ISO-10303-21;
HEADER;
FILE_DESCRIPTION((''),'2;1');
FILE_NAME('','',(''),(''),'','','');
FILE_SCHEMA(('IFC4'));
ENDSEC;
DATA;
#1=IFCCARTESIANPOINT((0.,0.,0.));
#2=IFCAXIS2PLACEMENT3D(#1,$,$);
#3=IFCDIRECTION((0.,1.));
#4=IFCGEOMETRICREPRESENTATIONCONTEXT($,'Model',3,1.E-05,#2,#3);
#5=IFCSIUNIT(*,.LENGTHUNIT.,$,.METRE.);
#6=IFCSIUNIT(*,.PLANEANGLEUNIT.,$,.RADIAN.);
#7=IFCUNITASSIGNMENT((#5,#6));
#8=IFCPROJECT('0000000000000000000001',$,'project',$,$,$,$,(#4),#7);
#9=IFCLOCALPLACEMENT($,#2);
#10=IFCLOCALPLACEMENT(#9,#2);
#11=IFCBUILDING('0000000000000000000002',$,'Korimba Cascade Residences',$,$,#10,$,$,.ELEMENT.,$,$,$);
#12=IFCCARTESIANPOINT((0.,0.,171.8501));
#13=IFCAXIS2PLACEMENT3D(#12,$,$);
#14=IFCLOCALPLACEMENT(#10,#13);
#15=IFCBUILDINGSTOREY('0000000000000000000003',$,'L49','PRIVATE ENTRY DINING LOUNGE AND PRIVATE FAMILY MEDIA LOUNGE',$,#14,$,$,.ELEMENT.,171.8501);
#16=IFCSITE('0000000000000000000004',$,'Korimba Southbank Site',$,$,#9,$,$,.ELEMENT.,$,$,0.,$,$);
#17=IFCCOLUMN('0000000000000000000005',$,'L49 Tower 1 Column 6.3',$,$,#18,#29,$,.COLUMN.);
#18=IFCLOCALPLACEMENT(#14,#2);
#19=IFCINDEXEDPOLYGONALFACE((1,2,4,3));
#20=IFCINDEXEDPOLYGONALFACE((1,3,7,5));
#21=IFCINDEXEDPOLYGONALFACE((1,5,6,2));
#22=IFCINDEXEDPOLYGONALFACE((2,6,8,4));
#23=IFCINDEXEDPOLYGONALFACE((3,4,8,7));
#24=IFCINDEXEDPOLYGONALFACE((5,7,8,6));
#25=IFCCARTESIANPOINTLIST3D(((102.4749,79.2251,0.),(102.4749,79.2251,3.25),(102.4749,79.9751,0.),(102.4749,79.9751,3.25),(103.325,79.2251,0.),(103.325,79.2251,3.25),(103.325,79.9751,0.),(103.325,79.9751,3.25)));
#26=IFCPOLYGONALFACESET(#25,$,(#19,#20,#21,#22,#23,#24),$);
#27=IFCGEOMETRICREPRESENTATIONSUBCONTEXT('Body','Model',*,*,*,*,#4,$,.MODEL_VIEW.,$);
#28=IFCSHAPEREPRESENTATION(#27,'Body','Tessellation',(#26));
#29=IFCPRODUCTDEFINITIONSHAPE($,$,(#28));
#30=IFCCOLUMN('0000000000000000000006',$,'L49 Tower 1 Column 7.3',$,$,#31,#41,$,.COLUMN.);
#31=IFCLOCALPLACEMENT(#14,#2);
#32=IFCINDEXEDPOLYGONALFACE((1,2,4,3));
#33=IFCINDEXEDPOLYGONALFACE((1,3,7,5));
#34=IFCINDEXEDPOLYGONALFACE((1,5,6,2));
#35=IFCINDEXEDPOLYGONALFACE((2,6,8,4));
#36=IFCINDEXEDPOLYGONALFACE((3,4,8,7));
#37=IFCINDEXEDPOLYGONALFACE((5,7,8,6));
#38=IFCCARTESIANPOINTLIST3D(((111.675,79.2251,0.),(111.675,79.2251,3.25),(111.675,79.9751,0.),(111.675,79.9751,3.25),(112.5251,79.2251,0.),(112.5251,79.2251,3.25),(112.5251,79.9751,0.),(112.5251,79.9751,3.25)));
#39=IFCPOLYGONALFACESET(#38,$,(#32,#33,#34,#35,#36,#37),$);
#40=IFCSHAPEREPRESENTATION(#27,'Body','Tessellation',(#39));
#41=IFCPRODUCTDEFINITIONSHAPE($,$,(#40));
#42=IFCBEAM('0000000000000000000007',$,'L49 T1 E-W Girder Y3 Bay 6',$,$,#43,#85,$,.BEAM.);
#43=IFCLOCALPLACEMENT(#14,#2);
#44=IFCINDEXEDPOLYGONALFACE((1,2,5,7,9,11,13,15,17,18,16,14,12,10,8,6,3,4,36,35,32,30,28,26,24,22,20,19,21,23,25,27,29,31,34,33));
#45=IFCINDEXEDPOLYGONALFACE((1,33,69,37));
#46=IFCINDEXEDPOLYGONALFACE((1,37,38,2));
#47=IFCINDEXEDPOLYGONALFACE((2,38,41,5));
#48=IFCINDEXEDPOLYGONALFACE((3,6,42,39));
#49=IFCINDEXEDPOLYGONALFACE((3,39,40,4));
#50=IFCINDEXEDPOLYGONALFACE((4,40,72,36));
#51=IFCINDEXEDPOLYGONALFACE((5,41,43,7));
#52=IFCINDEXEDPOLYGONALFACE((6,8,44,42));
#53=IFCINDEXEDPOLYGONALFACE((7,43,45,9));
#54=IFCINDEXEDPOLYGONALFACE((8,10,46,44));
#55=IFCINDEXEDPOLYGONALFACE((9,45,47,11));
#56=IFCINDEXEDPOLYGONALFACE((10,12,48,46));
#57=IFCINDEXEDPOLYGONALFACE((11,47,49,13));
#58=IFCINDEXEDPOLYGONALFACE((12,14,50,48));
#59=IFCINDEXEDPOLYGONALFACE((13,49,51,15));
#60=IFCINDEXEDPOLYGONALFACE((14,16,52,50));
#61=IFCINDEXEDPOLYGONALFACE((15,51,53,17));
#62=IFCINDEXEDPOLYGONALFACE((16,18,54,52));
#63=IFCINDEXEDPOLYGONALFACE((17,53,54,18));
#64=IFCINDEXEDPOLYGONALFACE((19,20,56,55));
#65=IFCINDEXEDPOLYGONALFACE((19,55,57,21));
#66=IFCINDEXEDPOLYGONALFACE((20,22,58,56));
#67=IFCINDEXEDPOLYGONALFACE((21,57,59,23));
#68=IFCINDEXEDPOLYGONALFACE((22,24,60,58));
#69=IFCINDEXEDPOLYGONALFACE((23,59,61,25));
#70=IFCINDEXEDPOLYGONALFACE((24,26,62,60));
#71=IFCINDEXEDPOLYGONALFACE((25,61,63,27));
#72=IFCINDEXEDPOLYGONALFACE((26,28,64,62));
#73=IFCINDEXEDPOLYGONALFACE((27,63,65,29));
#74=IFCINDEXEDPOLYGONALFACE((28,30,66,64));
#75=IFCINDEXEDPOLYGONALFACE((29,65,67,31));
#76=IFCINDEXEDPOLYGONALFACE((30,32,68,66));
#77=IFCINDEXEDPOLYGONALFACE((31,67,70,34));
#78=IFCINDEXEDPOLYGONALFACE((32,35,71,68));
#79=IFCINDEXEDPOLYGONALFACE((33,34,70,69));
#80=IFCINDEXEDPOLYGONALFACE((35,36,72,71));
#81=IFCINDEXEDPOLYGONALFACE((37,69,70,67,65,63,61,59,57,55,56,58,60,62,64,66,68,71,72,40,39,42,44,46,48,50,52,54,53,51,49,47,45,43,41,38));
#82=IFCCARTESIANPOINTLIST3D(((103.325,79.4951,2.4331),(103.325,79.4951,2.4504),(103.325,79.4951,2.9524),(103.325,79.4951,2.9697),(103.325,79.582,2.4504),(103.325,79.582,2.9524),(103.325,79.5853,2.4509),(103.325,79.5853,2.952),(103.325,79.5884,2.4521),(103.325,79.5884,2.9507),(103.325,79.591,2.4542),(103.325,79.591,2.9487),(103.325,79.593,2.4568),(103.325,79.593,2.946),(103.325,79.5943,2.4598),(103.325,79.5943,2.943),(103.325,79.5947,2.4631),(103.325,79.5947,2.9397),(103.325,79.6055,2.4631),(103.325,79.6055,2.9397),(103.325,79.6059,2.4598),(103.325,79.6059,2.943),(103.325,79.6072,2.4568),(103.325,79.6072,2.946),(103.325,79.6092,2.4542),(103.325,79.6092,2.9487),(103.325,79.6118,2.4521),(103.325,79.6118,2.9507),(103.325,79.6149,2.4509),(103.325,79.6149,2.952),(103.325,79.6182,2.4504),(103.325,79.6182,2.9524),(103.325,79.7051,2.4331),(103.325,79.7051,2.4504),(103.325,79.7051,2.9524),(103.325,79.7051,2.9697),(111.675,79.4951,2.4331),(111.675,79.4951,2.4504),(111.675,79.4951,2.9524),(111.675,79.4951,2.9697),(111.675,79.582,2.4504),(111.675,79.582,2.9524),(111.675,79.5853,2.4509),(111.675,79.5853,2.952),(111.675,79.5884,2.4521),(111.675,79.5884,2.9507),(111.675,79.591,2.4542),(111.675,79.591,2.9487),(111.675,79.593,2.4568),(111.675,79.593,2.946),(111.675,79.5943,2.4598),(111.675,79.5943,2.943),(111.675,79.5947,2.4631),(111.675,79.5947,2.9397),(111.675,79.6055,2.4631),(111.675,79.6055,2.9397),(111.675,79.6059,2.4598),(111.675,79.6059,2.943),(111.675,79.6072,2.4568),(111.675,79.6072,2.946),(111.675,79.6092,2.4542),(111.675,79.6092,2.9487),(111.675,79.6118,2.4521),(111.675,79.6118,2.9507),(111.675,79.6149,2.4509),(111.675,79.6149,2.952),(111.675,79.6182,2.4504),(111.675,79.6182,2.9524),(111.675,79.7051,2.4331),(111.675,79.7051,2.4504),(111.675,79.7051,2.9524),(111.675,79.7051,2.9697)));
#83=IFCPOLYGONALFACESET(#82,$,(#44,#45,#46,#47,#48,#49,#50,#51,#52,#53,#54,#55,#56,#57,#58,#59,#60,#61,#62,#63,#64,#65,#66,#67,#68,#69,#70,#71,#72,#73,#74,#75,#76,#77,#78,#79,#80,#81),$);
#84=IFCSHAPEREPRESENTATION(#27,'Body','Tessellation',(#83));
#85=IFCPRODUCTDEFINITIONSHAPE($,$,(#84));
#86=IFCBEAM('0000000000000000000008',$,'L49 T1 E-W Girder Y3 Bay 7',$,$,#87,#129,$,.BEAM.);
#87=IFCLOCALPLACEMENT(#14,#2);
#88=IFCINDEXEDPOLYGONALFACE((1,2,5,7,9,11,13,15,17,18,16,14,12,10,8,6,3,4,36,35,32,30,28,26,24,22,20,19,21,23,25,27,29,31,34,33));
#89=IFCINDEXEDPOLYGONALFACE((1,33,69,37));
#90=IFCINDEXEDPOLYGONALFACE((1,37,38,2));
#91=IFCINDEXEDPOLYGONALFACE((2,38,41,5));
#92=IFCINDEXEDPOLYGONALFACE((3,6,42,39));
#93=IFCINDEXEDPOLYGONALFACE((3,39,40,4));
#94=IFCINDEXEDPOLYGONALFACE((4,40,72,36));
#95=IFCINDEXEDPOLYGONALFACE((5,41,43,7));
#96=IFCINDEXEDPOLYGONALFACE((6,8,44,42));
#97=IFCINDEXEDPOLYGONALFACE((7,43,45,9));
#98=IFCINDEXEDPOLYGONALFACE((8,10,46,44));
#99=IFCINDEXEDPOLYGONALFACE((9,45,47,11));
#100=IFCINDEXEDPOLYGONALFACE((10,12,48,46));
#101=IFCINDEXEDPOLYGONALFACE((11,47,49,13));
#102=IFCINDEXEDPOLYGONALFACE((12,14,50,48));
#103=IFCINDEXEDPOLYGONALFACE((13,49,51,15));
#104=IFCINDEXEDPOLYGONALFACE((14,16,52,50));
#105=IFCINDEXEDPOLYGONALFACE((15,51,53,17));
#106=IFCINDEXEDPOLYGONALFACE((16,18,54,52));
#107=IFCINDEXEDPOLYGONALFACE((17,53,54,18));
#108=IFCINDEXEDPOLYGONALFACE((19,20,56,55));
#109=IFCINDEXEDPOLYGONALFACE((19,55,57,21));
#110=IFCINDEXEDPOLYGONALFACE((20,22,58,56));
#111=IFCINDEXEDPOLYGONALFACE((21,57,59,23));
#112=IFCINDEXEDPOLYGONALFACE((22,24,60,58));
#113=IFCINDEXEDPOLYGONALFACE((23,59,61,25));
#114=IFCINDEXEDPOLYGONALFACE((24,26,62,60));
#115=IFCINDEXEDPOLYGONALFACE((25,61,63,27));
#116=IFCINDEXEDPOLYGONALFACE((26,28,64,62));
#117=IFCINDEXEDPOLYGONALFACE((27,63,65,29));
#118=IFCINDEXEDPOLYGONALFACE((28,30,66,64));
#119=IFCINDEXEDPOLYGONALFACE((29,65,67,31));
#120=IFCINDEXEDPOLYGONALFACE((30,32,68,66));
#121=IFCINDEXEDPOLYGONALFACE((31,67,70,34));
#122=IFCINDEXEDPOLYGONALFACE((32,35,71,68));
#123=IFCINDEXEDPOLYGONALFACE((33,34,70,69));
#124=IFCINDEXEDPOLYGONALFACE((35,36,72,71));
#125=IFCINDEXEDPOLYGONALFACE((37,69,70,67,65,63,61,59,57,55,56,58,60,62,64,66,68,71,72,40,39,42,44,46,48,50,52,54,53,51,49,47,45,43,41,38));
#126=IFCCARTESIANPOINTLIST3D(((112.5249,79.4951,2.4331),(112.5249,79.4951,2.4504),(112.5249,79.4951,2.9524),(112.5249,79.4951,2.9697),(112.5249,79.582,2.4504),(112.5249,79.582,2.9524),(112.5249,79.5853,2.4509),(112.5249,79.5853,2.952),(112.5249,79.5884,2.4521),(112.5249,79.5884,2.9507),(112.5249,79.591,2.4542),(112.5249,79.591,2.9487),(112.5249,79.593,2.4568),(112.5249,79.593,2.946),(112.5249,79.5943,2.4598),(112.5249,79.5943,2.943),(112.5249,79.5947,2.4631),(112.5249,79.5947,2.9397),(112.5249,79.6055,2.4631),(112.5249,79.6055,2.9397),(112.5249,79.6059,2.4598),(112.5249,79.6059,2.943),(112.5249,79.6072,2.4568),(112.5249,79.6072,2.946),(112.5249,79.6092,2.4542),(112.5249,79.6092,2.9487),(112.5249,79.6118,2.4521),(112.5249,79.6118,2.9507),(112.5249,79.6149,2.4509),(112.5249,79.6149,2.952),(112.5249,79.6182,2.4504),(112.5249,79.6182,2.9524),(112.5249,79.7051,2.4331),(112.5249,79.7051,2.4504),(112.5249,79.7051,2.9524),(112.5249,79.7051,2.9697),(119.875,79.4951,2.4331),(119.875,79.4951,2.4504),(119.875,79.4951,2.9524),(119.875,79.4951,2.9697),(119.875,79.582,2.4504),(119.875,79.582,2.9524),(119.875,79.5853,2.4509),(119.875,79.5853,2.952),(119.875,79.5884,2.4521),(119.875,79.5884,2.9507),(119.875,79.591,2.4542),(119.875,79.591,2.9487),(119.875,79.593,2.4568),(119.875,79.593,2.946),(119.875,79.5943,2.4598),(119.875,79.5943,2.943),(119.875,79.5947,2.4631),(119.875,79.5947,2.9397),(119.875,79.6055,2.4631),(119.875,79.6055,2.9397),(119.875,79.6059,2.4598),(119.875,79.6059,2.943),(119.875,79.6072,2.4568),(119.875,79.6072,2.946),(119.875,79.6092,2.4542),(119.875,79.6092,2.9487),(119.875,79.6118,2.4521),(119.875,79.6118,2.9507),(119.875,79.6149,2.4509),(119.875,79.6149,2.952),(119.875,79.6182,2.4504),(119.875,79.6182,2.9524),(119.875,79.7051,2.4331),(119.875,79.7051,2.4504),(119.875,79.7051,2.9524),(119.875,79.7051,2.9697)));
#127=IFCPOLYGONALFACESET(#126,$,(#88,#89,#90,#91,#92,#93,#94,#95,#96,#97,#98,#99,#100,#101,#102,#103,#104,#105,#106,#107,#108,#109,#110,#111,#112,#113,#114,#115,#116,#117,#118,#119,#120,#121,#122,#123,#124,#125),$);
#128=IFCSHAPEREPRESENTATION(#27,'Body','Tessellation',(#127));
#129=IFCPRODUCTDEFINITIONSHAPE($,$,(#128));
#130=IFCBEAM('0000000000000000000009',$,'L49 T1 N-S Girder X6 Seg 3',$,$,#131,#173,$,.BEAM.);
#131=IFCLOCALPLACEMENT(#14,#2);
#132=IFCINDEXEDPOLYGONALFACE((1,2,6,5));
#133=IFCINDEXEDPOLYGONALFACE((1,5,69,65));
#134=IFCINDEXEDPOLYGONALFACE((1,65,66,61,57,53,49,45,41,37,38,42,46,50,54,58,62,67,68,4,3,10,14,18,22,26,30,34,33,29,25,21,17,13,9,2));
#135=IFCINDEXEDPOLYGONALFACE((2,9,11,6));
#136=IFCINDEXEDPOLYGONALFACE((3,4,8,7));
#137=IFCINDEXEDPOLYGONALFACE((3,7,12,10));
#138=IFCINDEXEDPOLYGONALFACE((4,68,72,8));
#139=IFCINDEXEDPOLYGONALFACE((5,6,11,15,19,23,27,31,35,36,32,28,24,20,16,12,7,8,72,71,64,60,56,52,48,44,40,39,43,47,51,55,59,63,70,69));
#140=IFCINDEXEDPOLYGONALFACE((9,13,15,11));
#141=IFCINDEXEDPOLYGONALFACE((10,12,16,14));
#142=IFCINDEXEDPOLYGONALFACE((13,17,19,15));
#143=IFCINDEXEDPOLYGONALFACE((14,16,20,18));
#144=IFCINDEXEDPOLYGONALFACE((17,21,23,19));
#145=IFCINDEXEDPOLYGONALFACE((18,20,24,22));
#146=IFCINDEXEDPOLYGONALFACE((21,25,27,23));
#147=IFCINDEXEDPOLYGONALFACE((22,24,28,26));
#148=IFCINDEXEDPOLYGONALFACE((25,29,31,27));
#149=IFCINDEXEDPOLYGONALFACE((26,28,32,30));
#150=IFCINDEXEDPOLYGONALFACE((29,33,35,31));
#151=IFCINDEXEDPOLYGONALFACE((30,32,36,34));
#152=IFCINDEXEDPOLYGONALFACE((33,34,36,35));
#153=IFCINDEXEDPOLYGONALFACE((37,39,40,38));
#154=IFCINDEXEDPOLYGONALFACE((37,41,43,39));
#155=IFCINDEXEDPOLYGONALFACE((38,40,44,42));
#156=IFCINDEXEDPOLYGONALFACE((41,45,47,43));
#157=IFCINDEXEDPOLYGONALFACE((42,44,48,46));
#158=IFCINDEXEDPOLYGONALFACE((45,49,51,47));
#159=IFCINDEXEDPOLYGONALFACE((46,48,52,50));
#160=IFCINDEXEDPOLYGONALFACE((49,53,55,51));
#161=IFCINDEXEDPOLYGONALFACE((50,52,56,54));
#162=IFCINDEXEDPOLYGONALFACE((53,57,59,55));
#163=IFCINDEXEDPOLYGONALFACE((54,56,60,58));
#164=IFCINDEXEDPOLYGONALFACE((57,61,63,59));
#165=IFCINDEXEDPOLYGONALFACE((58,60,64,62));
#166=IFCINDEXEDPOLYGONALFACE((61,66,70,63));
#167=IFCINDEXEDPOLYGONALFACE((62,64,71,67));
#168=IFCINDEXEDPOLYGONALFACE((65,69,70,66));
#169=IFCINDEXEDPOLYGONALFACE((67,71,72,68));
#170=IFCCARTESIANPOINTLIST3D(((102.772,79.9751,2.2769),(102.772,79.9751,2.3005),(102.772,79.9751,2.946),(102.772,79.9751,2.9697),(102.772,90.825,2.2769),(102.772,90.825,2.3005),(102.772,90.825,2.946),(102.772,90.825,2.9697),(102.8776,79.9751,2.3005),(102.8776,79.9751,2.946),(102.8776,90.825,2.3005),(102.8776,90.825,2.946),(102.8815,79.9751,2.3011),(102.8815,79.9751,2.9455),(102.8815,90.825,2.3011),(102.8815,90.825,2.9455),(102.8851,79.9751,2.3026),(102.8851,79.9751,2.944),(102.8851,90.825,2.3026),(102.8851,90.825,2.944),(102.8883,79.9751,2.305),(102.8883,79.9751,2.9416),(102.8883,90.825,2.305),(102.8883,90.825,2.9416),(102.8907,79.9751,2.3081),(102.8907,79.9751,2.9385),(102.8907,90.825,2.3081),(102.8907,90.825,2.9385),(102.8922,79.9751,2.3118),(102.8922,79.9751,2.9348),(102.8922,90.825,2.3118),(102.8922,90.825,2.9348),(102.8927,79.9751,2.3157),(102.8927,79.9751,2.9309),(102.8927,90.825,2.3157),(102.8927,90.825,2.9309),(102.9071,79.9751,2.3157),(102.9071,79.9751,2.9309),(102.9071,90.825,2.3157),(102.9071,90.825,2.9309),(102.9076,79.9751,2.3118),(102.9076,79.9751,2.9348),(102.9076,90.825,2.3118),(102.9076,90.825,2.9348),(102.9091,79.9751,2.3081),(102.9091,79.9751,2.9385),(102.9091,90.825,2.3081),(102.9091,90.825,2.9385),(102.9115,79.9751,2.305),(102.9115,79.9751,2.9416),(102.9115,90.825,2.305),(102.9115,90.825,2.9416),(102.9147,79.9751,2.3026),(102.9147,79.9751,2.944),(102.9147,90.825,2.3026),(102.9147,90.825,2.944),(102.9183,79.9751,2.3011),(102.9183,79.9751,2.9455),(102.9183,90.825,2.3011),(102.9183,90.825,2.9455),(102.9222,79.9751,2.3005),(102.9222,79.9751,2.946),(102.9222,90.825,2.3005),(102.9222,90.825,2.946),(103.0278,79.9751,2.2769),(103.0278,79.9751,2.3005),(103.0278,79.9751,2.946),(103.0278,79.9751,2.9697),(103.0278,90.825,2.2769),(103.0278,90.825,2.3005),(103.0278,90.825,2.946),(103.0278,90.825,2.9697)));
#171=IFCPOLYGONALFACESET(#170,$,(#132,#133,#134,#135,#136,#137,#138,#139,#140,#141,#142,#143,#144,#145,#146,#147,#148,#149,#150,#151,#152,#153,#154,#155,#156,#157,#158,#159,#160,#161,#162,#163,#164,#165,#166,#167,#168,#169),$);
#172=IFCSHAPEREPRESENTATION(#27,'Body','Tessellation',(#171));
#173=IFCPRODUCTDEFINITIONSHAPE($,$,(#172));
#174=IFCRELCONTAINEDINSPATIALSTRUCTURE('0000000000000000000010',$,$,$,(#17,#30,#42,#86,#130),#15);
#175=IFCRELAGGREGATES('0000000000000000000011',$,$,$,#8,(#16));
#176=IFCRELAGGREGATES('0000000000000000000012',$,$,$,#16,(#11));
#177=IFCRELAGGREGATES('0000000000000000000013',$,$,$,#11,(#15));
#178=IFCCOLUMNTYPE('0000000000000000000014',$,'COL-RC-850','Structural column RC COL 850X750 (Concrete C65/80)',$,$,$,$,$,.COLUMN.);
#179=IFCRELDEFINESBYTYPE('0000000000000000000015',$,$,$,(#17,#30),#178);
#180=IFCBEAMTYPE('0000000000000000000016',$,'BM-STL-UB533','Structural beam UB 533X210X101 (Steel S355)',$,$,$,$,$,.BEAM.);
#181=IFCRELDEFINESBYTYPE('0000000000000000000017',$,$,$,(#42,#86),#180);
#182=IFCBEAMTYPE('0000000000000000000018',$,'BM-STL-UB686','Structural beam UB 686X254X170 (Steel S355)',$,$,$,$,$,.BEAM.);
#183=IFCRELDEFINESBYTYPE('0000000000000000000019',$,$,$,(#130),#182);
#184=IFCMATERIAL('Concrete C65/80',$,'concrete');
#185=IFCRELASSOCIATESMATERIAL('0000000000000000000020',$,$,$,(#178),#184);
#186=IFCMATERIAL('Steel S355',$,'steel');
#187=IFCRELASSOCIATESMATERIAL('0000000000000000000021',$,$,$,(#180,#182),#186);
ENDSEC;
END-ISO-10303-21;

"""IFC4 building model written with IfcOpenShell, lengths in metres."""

from ifc_helpers import new_model, si_unit, direction, frame, origin, origin_2d, place, context, subcontext, project, spatial, rectangle, i_section, extrude, material, material_profile, profile_set, type_object, element, save


model = new_model("IFC4")

# Units and contexts
model_context = context("Model", 3, precision=1e-05, world=origin(), true_north=direction((0.0, 1.0)))
body_context = subcontext(model_context, "Body", "Model", "MODEL_VIEW")
ifc_project = project(units=[si_unit("LENGTHUNIT", "METRE"), si_unit("PLANEANGLEUNIT", "RADIAN")], contexts=[model_context])

# Site, building, storey
site_placement = place(None, origin())
site = spatial("IfcSite", under=ifc_project, at=site_placement, Name="Korimba Southbank Site", CompositionType="ELEMENT", RefElevation=0.0)
building_placement = place(site_placement, origin())
building = spatial("IfcBuilding", under=site, at=building_placement, Name="Korimba Cascade Residences", CompositionType="ELEMENT")
storey_placement = place(building_placement, frame((0.0, 0.0, 171.8501)))
storey = spatial("IfcBuildingStorey", under=building, at=storey_placement, Name="L49", Description="PRIVATE ENTRY DINING LOUNGE AND PRIVATE FAMILY MEDIA LOUNGE", CompositionType="ELEMENT", Elevation=171.8501)

# Columns
ifc_material_1 = material(Name="Concrete C65/80", Category="concrete")
ifc_material_profile_1 = material_profile(ifc_material_1, rectangle(XDim=0.8501, YDim=0.75, at=origin_2d()), Name="Concrete C65/80")
ifc_profile_set_1 = profile_set([ifc_material_profile_1], Name="Concrete C65/80")
column_type = type_object("IfcColumnType", Name="COL-RC-850", Description="Structural column RC COL 850X750 (Concrete C65/80)", PredefinedType="COLUMN", material=ifc_profile_set_1)
for number, where, z_axis, x_axis, name in (
    (1, (102.8999, 79.6001, 0.0), (0.0, 0.0, 1.0), (1.0, 0.0, 0.0), "L49 Tower 1 Column 6.3"),
    (2, (112.1001, 79.6001, 0.0), (0.0, 0.0, 1.0), (1.0, 0.0, 0.0), "L49 Tower 1 Column 7.3"),
):
    element("IfcColumn", number, at=place(storey_placement, frame(where, z_axis=z_axis, x_axis=x_axis)), inside=storey, type_object=column_type, Name=name, PredefinedType="COLUMN", context=body_context, shape_type="SweptSolid", body=[
        extrude(rectangle(XDim=0.8501, YDim=0.75, at=origin_2d()), origin(), (0.0, 0.0, 1.0), 3.25),
    ])

# Beams
ifc_material_2 = material(Name="Steel S355", Category="steel")
ifc_material_profile_2 = material_profile(ifc_material_2, i_section(OverallWidth=0.21, OverallDepth=0.5366, WebThickness=0.0107, FlangeThickness=0.0173, FilletRadius=0.0127, at=origin_2d()), Name="Steel S355")
ifc_profile_set_2 = profile_set([ifc_material_profile_2], Name="Steel S355")
beam_type_1 = type_object("IfcBeamType", Name="BM-STL-UB533", Description="Structural beam UB 533X210X101 (Steel S355)", PredefinedType="BEAM", material=ifc_profile_set_2)
beam_1_placement = place(storey_placement, frame((103.325, 79.6001, 2.7014), z_axis=(1.0, 0.0, 0.0), x_axis=(0.0, 1.0, 0.0)))
element("IfcBeam", 3, at=beam_1_placement, inside=storey, type_object=beam_type_1, Name="L49 T1 E-W Girder Y3 Bay 6", PredefinedType="BEAM", context=body_context, shape_type="SweptSolid", body=[
    extrude(i_section(OverallWidth=0.21, OverallDepth=0.5366, WebThickness=0.0107, FlangeThickness=0.0173, FilletRadius=0.0127, at=origin_2d()), origin(), (0.0, 0.0, 1.0), 8.3501),
])
beam_2_placement = place(storey_placement, frame((112.5249, 79.6001, 2.7014), z_axis=(1.0, 0.0, 0.0), x_axis=(0.0, 1.0, 0.0)))
element("IfcBeam", 4, at=beam_2_placement, inside=storey, type_object=beam_type_1, Name="L49 T1 E-W Girder Y3 Bay 7", PredefinedType="BEAM", context=body_context, shape_type="SweptSolid", body=[
    extrude(i_section(OverallWidth=0.21, OverallDepth=0.5366, WebThickness=0.0107, FlangeThickness=0.0173, FilletRadius=0.0127, at=origin_2d()), origin(), (0.0, 0.0, 1.0), 7.3501),
])
ifc_material_profile_3 = material_profile(ifc_material_2, i_section(OverallWidth=0.2559, OverallDepth=0.6929, WebThickness=0.0144, FlangeThickness=0.0237, FilletRadius=0.0151, at=origin_2d()), Name="Steel S355")
ifc_profile_set_3 = profile_set([ifc_material_profile_3], Name="Steel S355")
beam_type_2 = type_object("IfcBeamType", Name="BM-STL-UB686", Description="Structural beam UB 686X254X170 (Steel S355)", PredefinedType="BEAM", material=ifc_profile_set_3)
for number, where, z_axis, x_axis, name in (
    (5, (102.8999, 79.9751, 2.6233), (0.0, 1.0, 0.0), (-1.0, 0.0, 0.0), "L49 T1 N-S Girder X6 Seg 3"),
):
    element("IfcBeam", number, at=place(storey_placement, frame(where, z_axis=z_axis, x_axis=x_axis)), inside=storey, type_object=beam_type_2, Name=name, PredefinedType="BEAM", context=body_context, shape_type="SweptSolid", body=[
        extrude(i_section(OverallWidth=0.2559, OverallDepth=0.6929, WebThickness=0.0144, FlangeThickness=0.0237, FilletRadius=0.0151, at=origin_2d()), origin(), (0.0, 0.0, 1.0), 10.8499),
    ])

save(model, "model.ifc")
